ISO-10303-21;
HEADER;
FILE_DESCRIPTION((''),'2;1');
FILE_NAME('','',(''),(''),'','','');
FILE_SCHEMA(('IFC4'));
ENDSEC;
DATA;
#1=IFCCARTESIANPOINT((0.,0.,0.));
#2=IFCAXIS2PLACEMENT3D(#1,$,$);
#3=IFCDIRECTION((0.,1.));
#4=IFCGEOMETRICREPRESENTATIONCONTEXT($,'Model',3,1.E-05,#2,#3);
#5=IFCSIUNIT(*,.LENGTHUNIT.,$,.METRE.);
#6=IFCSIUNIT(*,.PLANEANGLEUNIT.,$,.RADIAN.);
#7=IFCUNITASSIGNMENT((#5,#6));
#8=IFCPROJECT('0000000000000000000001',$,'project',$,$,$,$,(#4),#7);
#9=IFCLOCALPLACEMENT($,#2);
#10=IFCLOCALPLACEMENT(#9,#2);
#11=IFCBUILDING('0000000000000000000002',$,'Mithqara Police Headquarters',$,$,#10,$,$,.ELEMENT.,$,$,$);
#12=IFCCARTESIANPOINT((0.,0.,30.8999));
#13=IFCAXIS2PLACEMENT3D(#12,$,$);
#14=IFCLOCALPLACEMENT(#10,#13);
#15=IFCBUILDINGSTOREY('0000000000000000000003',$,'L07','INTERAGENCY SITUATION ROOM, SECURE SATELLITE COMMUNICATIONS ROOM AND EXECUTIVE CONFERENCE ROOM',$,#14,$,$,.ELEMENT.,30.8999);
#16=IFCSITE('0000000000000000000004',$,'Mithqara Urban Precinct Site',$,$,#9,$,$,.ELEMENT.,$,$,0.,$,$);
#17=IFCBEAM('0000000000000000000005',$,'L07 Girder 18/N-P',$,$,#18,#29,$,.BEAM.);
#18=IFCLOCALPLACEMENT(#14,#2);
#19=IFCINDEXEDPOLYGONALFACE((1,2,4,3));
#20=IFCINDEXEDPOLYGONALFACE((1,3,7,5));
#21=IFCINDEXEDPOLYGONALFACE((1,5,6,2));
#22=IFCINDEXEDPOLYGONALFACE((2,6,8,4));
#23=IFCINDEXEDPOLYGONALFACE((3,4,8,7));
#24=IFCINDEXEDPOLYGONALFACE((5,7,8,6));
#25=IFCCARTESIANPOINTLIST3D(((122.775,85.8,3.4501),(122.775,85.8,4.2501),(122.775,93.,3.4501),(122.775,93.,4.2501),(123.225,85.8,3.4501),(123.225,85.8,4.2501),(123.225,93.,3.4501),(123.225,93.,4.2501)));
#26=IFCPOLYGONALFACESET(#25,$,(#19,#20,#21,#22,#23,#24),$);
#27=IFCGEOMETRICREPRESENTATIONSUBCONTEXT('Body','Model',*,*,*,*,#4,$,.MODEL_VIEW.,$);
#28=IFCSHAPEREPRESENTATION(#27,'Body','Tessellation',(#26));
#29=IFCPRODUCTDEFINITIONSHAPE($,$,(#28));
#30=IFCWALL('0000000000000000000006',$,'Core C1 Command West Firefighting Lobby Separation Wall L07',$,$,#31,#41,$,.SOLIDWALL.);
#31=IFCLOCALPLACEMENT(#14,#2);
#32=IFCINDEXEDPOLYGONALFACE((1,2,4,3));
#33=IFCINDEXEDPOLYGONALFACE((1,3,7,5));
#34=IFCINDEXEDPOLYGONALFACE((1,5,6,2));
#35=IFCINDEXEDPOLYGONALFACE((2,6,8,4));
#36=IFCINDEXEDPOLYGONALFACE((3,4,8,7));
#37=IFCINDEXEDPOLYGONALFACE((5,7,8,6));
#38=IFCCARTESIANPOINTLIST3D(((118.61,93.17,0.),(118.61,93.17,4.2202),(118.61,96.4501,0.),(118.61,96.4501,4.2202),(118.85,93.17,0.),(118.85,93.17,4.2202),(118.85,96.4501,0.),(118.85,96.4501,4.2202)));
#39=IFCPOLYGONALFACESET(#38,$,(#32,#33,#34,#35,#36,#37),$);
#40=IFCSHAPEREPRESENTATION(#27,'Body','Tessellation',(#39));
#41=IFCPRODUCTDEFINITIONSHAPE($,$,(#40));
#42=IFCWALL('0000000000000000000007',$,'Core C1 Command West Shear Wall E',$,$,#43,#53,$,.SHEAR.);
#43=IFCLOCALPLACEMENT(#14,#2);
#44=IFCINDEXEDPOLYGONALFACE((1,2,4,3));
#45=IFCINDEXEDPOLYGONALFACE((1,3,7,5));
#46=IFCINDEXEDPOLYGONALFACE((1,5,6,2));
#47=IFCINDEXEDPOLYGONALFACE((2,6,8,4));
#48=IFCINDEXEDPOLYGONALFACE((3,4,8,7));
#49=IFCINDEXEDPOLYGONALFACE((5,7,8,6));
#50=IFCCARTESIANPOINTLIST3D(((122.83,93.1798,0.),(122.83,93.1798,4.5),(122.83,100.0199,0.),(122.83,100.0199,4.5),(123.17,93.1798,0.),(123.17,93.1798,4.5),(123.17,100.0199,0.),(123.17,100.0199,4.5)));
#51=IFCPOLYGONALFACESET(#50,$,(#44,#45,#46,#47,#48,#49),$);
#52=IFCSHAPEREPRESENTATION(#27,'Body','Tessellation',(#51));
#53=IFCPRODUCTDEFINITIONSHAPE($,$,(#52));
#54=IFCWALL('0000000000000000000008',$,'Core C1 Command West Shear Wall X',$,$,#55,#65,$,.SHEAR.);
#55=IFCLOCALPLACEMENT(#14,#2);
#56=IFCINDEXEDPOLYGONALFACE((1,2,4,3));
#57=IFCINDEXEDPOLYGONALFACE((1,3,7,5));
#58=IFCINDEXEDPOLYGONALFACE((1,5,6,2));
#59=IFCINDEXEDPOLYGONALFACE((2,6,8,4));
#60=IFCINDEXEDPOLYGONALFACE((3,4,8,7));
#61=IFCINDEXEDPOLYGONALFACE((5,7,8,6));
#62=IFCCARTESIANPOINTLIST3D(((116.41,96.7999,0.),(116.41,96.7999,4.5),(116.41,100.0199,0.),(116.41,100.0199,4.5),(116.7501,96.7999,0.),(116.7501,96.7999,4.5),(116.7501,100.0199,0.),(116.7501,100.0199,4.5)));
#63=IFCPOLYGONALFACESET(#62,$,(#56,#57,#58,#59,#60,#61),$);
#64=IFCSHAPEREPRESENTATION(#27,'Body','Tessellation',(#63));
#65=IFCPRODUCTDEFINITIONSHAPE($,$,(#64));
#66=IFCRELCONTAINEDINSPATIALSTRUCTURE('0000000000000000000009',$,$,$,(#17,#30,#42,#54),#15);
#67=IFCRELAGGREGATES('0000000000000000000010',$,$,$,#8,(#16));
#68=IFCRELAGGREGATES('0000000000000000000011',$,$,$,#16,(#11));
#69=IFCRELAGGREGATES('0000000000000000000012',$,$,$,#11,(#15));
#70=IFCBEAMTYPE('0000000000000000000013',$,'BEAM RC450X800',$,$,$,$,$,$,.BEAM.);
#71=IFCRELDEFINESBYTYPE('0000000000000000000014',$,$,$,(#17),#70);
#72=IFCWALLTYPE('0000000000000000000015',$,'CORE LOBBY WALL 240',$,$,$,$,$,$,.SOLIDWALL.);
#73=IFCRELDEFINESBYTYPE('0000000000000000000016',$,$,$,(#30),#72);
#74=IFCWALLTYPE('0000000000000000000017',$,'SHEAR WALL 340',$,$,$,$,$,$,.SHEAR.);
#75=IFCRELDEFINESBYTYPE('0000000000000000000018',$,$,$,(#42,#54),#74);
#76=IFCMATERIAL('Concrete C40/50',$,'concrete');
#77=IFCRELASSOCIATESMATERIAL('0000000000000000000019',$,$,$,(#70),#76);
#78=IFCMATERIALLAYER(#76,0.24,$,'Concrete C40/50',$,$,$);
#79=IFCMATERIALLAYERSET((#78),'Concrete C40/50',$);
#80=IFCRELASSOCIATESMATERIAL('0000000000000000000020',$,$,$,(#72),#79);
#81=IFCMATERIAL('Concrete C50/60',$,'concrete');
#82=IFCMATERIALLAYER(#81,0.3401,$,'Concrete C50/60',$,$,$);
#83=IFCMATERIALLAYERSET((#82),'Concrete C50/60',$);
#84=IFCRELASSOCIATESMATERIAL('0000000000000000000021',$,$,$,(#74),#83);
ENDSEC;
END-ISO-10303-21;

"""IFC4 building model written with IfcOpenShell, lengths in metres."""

from ifc_helpers import new_model, si_unit, direction, frame, frame_2d, origin, origin_2d, place, context, subcontext, project, spatial, rectangle, extrude, material, layer, layer_set, material_profile, profile_set, type_object, element, save


model = new_model("IFC4")

# Units and contexts
model_context = context("Model", 3, precision=1e-05, world=origin(), true_north=direction((0.0, 1.0)))
body_context = subcontext(model_context, "Body", "Model", "MODEL_VIEW")
ifc_project = project(units=[si_unit("LENGTHUNIT", "METRE"), si_unit("PLANEANGLEUNIT", "RADIAN")], contexts=[model_context])

# Site, building, storey
site_placement = place(None, origin())
site = spatial("IfcSite", under=ifc_project, at=site_placement, Name="Mithqara Urban Precinct Site", CompositionType="ELEMENT", RefElevation=0.0)
building_placement = place(site_placement, origin())
building = spatial("IfcBuilding", under=site, at=building_placement, Name="Mithqara Police Headquarters", CompositionType="ELEMENT")
storey_placement = place(building_placement, frame((0.0, 0.0, 30.8999)))
storey = spatial("IfcBuildingStorey", under=building, at=storey_placement, Name="L07", Description="INTERAGENCY SITUATION ROOM, SECURE SATELLITE COMMUNICATIONS ROOM AND EXECUTIVE CONFERENCE ROOM", CompositionType="ELEMENT", Elevation=30.8999)

# Shared definitions
ifc_material_1 = material(Name="Concrete C50/60", Category="concrete")

# Beam
ifc_material_2 = material(Name="Concrete C40/50", Category="concrete")
ifc_material_profile_1 = material_profile(ifc_material_2, rectangle(XDim=0.45, YDim=0.8, at=origin_2d()), Name="RC 450x800")
ifc_profile_set_1 = profile_set([ifc_material_profile_1], Name="Concrete C40/50")
beam_type_1 = type_object("IfcBeamType", Name="BEAM RC450X800", PredefinedType="BEAM", material=ifc_profile_set_1)
beam_1_placement = place(storey_placement, frame((123.0, 85.8, 3.8501), z_axis=(0.0, 1.0, 0.0), x_axis=(-1.0, 0.0, 0.0)))
element("IfcBeam", 1, at=beam_1_placement, inside=storey, type_object=beam_type_1, Name="L07 Girder 18/N-P", PredefinedType="BEAM", context=body_context, shape_type="SweptSolid", body=[
    extrude(rectangle(XDim=0.45, YDim=0.8, at=origin_2d()), origin(), (0.0, 0.0, 1.0), 7.2),
])

# Walls
ifc_layer_1 = layer(ifc_material_2, 0.24, Name="Concrete C40/50")
ifc_layer_set_1 = layer_set([ifc_layer_1], Name="Concrete C40/50")
wall_type_1 = type_object("IfcWallType", Name="CORE LOBBY WALL 240", PredefinedType="SOLIDWALL", material=ifc_layer_set_1)
wall_1_placement = place(storey_placement, frame((118.73, 93.1699, 0.0), z_axis=(0.0, 0.0, 1.0), x_axis=(0.0, 1.0, 0.0)))
element("IfcWall", 2, at=wall_1_placement, inside=storey, type_object=wall_type_1, Name="Core C1 Command West Firefighting Lobby Separation Wall L07", PredefinedType="SOLIDWALL", context=body_context, shape_type="SweptSolid", body=[
    extrude(rectangle(XDim=3.28, YDim=0.24, at=frame_2d((1.6401, 0.0))), origin(), (0.0, 0.0, 1.0), 4.2202),
])
ifc_layer_2 = layer(ifc_material_1, 0.3401, Name="Concrete C50/60")
ifc_layer_set_2 = layer_set([ifc_layer_2], Name="Concrete C50/60")
wall_type_2 = type_object("IfcWallType", Name="SHEAR WALL 340", PredefinedType="SHEAR", material=ifc_layer_set_2)
wall_2_placement = place(storey_placement, frame((123.0, 93.1799, 0.0), z_axis=(0.0, 0.0, 1.0), x_axis=(0.0, 1.0, 0.0)))
element("IfcWall", 3, at=wall_2_placement, inside=storey, type_object=wall_type_2, Name="Core C1 Command West Shear Wall E", PredefinedType="SHEAR", context=body_context, shape_type="SweptSolid", body=[
    extrude(rectangle(XDim=6.8401, YDim=0.3401, at=frame_2d((3.4199, 0.0))), origin(), (0.0, 0.0, 1.0), 4.5),
])
wall_3_placement = place(storey_placement, frame((116.5801, 96.8, 0.0), z_axis=(0.0, 0.0, 1.0), x_axis=(0.0, 1.0, 0.0)))
element("IfcWall", 4, at=wall_3_placement, inside=storey, type_object=wall_type_2, Name="Core C1 Command West Shear Wall X", PredefinedType="SHEAR", context=body_context, shape_type="SweptSolid", body=[
    extrude(rectangle(XDim=3.22, YDim=0.3401, at=frame_2d((1.6099, 0.0))), origin(), (0.0, 0.0, 1.0), 4.5),
])

save(model, "model.ifc")
